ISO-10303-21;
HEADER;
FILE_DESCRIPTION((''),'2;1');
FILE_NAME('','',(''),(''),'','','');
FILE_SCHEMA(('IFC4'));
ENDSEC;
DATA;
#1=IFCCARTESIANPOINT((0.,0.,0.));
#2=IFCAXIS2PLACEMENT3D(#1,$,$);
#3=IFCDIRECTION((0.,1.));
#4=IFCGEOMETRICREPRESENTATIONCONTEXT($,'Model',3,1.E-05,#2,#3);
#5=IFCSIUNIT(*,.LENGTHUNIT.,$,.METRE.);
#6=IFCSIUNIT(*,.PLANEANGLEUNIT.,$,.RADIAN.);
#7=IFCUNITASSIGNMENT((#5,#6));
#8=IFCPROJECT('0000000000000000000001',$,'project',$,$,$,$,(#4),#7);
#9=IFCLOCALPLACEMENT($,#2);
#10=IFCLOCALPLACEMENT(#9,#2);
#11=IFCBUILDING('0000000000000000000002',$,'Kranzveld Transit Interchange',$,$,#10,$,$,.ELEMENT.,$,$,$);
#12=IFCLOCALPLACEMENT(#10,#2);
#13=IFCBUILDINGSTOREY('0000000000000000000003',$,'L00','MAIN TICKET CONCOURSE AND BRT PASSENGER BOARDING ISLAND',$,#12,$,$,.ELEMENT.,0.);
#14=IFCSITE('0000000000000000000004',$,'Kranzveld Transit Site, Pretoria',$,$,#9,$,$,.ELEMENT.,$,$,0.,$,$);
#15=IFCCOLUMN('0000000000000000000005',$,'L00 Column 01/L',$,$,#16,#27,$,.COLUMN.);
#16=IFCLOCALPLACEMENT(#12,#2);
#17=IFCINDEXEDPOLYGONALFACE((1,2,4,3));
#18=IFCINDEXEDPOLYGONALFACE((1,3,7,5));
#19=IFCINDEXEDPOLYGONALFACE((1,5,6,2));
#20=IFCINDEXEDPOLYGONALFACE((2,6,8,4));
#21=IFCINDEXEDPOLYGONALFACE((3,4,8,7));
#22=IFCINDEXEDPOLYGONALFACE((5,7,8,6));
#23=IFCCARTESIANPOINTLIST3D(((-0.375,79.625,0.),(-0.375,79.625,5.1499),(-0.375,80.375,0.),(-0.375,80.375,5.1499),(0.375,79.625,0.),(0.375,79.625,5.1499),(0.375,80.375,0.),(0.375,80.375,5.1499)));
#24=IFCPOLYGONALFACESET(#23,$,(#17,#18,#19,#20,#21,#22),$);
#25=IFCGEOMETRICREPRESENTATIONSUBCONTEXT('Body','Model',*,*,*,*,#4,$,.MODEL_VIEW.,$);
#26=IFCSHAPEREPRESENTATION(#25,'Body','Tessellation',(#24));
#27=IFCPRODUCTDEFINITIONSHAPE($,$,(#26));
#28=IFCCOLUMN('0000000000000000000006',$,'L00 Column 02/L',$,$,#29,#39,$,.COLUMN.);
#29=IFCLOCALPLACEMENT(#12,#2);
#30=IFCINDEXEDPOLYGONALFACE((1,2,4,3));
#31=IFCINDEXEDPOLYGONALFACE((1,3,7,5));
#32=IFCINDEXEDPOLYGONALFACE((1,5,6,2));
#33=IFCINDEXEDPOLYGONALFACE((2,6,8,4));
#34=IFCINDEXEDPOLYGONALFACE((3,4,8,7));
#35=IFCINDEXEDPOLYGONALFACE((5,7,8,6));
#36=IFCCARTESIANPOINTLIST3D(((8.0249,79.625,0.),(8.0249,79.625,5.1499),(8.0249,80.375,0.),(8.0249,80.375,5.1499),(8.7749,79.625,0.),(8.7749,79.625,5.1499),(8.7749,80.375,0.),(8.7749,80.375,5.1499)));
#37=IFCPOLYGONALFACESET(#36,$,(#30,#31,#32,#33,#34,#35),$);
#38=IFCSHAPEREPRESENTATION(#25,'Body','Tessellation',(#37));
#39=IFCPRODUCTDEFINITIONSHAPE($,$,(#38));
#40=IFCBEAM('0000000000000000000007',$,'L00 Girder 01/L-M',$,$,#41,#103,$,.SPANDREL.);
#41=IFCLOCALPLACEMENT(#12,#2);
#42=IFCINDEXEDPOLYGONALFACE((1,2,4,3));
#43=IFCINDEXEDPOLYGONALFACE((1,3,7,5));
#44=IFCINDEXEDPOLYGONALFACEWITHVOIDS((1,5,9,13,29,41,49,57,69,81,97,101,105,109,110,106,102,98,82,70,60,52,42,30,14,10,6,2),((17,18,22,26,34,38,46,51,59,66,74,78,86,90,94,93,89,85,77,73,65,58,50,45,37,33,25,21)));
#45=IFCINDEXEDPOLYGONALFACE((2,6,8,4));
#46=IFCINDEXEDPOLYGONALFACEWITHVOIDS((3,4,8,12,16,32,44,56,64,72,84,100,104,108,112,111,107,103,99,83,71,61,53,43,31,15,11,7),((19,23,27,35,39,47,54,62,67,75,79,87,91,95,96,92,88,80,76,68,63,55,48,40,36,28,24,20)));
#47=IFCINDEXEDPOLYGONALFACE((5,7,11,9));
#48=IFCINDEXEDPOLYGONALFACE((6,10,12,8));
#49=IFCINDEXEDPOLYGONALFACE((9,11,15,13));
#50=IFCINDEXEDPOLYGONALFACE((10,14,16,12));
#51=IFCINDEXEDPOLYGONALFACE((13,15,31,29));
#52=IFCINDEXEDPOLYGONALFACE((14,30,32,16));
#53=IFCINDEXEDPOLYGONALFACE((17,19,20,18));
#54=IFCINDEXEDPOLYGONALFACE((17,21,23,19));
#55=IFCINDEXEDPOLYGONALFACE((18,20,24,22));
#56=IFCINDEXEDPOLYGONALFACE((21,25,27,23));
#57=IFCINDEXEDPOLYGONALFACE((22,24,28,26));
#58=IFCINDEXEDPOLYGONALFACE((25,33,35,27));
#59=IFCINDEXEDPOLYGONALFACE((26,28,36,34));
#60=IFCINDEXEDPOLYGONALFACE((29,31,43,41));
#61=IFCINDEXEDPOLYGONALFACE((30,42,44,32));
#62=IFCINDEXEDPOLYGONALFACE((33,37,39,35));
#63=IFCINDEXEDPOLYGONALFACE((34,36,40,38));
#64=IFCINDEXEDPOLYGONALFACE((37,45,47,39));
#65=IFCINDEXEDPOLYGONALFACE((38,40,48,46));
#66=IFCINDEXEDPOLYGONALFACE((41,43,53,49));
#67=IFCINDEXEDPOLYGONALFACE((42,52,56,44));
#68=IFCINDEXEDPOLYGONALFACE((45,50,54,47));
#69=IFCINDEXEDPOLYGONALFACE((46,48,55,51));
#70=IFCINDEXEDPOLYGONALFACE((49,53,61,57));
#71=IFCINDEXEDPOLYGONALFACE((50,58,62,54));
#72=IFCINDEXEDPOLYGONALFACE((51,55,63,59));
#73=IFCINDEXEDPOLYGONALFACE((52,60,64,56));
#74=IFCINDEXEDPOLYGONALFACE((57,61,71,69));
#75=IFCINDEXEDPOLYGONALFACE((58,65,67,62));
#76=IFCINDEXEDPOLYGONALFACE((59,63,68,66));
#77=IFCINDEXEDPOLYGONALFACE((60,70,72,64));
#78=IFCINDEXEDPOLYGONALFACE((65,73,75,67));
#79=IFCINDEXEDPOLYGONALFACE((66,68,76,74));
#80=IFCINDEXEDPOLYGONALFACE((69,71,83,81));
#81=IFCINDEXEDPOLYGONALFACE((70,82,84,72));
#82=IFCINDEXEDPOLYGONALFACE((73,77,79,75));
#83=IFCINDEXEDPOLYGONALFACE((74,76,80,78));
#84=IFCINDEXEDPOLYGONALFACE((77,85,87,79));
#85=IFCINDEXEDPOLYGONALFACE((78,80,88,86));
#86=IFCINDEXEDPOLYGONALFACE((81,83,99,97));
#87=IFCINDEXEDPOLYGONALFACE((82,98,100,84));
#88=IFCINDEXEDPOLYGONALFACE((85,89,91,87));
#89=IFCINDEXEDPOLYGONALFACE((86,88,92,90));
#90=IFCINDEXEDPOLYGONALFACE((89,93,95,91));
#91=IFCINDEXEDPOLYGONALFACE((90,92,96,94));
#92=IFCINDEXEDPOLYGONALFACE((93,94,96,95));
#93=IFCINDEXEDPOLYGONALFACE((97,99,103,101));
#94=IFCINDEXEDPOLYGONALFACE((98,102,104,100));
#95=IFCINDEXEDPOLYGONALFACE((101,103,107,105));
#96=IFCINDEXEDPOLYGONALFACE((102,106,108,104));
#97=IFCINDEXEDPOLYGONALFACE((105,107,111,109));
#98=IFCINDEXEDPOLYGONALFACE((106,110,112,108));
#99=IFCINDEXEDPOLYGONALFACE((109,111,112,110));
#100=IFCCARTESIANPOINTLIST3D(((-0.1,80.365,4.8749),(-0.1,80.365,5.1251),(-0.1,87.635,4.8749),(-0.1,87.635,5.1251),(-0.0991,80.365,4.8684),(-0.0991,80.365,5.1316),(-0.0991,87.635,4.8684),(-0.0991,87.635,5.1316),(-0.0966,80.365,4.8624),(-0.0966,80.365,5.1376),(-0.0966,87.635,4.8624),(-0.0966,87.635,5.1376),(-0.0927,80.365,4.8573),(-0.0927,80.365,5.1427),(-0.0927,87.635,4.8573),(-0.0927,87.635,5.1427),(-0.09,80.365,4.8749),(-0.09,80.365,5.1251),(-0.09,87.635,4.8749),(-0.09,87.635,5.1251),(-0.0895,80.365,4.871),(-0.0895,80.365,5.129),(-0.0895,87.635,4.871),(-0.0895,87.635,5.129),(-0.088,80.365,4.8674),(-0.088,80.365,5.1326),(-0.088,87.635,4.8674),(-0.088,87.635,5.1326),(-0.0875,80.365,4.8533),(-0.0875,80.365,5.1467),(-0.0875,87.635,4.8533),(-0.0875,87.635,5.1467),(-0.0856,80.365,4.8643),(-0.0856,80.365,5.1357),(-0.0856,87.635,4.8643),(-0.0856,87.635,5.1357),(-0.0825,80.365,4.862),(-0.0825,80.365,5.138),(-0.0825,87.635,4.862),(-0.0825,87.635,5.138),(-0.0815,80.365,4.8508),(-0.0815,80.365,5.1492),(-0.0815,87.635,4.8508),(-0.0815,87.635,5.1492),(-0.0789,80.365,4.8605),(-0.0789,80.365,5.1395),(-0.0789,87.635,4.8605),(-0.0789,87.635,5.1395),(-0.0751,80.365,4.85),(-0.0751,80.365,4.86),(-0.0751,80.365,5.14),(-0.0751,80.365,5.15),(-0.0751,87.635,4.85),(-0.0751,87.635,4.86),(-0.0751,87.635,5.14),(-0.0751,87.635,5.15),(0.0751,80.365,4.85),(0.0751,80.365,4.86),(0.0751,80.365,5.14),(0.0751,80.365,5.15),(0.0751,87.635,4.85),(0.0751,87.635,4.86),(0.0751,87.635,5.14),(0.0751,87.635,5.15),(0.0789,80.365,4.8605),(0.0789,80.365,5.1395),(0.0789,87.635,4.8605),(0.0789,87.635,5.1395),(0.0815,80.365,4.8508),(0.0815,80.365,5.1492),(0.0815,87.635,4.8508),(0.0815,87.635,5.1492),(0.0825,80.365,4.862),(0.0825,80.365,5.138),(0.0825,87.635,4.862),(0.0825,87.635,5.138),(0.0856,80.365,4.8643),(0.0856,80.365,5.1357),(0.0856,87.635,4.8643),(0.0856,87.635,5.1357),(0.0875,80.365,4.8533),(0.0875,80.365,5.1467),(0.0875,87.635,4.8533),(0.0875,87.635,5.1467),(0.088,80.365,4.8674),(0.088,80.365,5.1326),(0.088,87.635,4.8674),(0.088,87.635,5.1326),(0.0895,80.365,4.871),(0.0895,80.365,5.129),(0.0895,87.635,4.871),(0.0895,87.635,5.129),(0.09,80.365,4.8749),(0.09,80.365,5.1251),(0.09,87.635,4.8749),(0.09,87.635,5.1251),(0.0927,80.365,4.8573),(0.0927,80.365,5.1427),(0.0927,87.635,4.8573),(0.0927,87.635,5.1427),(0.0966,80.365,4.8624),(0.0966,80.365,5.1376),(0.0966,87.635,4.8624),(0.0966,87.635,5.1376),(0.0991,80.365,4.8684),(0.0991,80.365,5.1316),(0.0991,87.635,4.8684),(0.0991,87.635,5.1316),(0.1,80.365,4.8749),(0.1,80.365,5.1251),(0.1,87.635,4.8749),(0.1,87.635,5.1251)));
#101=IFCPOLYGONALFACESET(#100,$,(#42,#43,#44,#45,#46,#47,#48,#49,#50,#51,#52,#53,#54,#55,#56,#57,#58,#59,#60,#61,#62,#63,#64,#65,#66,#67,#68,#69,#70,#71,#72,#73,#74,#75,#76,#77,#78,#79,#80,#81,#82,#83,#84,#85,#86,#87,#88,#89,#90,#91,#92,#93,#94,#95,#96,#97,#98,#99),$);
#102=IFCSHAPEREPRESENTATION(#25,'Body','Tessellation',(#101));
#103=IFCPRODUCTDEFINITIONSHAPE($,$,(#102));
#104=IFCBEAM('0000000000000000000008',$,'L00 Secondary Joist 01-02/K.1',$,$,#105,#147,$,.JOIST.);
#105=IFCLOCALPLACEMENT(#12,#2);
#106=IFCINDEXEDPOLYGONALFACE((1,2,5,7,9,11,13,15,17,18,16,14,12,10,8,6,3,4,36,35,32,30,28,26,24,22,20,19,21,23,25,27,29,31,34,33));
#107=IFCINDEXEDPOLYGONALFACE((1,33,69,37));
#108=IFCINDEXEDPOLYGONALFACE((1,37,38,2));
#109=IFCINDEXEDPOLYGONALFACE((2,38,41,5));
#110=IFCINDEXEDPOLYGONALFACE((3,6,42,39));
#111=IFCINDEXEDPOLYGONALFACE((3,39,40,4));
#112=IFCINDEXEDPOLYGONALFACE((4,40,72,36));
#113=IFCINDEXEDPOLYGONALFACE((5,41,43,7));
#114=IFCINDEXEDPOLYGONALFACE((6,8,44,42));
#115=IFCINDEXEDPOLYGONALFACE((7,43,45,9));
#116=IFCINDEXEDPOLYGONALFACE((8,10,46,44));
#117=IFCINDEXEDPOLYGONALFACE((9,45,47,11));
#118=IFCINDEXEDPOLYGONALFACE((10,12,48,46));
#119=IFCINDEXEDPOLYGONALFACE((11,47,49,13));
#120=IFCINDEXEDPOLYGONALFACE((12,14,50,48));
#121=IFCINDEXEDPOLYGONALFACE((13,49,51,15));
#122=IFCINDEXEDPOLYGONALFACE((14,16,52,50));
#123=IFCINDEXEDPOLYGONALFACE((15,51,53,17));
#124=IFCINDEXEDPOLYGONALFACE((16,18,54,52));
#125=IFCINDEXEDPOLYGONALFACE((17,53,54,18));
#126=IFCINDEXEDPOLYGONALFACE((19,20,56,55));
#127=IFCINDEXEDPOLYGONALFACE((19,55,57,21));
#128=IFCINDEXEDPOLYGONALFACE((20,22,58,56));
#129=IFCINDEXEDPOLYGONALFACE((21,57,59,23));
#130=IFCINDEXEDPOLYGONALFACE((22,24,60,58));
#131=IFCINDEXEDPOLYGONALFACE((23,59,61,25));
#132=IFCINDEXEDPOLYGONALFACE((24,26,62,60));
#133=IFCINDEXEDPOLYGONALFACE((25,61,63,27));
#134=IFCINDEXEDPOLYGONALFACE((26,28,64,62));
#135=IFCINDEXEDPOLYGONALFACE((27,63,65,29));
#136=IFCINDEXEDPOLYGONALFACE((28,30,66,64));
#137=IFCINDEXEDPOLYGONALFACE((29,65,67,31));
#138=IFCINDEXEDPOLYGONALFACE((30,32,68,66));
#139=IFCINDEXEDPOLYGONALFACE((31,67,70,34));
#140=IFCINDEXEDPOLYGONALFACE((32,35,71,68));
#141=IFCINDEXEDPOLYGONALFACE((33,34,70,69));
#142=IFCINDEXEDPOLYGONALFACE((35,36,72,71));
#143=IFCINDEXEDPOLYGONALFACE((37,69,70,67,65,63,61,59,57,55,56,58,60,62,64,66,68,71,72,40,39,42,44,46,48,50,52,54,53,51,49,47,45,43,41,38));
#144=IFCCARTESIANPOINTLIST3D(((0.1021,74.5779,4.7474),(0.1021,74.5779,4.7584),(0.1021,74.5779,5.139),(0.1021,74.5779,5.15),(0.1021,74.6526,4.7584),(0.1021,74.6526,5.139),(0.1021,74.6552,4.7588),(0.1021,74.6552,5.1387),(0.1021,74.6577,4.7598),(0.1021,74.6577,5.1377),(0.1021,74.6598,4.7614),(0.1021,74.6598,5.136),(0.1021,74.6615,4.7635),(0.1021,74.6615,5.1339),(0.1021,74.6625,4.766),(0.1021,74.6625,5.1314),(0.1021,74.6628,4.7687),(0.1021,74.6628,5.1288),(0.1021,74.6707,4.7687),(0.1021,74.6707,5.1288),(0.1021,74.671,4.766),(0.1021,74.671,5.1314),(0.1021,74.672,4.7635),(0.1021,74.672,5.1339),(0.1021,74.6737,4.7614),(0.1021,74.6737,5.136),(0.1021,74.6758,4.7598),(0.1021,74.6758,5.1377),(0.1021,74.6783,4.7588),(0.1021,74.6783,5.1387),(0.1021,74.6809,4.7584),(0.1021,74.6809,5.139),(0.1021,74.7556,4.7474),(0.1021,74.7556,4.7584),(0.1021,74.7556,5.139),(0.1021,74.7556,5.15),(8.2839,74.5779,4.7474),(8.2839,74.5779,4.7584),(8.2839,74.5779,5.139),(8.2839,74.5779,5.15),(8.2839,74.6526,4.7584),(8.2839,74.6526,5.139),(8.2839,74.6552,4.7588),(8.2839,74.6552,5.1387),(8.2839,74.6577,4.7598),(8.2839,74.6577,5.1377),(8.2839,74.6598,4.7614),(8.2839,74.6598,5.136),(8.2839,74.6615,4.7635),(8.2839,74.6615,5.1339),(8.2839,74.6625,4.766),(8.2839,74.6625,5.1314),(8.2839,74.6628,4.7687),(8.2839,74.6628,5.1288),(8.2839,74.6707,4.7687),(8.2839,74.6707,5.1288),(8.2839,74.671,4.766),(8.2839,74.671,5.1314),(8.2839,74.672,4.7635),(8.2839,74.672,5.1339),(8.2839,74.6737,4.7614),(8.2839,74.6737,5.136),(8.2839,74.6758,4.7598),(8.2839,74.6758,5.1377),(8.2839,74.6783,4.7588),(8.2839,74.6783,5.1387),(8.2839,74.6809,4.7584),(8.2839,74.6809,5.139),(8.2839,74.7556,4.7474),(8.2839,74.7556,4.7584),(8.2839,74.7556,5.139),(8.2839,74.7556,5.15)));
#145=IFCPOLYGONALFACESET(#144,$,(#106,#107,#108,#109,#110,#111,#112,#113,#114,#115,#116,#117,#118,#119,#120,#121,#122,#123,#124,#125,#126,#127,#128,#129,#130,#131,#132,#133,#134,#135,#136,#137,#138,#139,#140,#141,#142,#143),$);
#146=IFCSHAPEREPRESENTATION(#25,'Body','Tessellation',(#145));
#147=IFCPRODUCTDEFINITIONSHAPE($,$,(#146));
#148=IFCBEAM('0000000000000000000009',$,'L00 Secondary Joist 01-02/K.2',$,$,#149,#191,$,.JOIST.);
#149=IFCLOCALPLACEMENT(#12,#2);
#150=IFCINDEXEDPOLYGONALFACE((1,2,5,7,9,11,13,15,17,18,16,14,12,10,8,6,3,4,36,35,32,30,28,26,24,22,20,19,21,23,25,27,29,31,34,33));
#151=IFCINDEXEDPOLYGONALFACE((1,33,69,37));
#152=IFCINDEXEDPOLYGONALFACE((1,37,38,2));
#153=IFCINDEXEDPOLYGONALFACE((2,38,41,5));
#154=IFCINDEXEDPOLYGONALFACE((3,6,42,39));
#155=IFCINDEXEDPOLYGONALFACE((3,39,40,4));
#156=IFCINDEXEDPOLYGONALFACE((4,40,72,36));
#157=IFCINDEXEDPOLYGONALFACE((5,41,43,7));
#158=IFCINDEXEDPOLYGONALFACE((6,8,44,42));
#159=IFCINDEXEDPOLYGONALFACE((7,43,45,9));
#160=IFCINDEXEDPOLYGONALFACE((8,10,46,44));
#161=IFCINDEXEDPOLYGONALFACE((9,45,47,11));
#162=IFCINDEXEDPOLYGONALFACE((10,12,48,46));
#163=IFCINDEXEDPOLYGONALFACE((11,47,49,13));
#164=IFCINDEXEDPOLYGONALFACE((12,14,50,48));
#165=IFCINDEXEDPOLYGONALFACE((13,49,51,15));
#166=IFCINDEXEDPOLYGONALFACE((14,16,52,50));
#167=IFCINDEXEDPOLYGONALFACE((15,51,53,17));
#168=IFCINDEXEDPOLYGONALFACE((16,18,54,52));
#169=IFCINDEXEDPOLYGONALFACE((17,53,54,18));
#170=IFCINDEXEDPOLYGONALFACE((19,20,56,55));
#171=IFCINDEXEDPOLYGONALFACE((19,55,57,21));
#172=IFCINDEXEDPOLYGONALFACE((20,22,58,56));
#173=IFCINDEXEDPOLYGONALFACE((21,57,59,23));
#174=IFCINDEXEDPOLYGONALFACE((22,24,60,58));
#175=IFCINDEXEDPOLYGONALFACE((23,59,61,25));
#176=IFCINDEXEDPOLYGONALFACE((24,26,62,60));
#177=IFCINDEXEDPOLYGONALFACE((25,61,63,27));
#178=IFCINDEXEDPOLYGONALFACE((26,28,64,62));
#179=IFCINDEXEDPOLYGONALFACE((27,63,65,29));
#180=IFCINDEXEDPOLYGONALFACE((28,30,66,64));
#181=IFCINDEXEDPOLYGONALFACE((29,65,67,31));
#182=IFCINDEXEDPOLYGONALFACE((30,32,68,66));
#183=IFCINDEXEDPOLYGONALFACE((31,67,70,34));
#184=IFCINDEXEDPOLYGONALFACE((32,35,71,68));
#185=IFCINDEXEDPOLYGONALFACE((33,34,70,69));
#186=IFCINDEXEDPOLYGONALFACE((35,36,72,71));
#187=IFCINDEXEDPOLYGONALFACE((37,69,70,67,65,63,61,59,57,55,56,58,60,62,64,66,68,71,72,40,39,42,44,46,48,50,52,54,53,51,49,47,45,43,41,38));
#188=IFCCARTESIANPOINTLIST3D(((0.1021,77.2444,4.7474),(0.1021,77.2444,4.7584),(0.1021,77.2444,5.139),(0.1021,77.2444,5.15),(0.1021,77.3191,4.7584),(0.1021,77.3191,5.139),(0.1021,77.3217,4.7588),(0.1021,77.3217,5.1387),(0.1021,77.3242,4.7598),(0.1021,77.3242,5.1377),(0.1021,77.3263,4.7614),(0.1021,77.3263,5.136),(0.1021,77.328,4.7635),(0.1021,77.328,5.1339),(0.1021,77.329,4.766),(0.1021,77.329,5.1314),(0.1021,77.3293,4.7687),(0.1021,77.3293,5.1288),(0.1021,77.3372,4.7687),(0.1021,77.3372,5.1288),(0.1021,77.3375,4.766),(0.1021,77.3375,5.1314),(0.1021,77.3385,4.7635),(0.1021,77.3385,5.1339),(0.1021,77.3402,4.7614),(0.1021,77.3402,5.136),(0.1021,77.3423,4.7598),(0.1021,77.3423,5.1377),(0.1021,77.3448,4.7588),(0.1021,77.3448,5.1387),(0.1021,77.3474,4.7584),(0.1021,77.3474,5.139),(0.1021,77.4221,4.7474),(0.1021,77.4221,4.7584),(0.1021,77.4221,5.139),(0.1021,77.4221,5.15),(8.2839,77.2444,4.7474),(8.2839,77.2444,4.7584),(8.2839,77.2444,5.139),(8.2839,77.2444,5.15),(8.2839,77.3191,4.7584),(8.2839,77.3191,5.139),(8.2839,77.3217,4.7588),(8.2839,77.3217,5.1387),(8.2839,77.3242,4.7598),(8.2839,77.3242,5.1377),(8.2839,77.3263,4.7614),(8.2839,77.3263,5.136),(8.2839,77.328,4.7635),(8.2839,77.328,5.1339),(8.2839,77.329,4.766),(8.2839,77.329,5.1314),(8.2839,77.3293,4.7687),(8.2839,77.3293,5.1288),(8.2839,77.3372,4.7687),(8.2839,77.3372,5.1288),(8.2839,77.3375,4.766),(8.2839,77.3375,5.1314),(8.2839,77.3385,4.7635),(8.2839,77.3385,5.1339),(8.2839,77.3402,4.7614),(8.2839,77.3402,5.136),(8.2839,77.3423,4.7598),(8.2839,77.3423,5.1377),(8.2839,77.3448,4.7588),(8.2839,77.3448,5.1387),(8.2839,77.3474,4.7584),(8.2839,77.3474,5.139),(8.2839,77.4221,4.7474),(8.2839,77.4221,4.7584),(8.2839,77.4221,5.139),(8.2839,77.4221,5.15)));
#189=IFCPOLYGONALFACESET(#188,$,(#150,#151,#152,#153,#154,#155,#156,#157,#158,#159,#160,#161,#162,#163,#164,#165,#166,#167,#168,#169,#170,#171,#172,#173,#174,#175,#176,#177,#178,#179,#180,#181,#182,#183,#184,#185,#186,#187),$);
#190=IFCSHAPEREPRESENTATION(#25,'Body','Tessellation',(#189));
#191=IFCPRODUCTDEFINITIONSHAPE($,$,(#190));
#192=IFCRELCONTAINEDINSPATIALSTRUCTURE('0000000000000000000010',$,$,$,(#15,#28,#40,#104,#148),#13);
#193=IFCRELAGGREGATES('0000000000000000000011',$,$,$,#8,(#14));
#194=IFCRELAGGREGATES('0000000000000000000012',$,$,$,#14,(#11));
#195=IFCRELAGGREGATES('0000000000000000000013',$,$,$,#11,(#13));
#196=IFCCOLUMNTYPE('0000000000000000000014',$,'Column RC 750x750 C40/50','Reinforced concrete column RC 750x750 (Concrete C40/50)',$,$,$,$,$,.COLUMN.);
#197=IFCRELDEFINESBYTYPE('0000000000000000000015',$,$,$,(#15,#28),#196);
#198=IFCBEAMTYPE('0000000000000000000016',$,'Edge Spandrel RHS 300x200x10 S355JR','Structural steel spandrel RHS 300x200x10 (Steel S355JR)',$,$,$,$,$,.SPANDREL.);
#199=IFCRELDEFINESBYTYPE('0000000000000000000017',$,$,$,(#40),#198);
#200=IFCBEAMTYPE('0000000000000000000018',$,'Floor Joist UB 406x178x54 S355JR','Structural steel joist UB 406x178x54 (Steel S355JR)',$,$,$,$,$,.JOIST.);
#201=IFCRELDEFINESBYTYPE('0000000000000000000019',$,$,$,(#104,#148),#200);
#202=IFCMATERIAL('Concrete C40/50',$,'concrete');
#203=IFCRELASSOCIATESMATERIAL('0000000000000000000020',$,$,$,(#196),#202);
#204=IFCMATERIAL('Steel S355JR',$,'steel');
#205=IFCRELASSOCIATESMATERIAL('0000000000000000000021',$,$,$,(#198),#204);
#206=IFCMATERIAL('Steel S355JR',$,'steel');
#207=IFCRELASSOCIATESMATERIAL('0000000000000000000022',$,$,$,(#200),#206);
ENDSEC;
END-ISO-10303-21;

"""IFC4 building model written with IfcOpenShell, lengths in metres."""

from ifc_helpers import new_model, si_unit, direction, frame, origin, origin_2d, place, context, subcontext, project, spatial, rectangle, hollow_rectangle, i_section, extrude, material, material_profile, profile_set, type_object, element, save


model = new_model("IFC4")

# Units and contexts
model_context = context("Model", 3, precision=1e-05, world=origin(), true_north=direction((0.0, 1.0)))
body_context = subcontext(model_context, "Body", "Model", "MODEL_VIEW")
ifc_project = project(units=[si_unit("LENGTHUNIT", "METRE"), si_unit("PLANEANGLEUNIT", "RADIAN")], contexts=[model_context])

# Site, building, storey
site_placement = place(None, origin())
site = spatial("IfcSite", under=ifc_project, at=site_placement, Name="Kranzveld Transit Site, Pretoria", CompositionType="ELEMENT", RefElevation=0.0)
building_placement = place(site_placement, origin())
building = spatial("IfcBuilding", under=site, at=building_placement, Name="Kranzveld Transit Interchange", CompositionType="ELEMENT")
storey_placement = place(building_placement, origin())
storey = spatial("IfcBuildingStorey", under=building, at=storey_placement, Name="L00", Description="MAIN TICKET CONCOURSE AND BRT PASSENGER BOARDING ISLAND", CompositionType="ELEMENT", Elevation=0.0)

# Columns
ifc_material_1 = material(Name="Concrete C40/50", Category="concrete")
ifc_material_profile_1 = material_profile(ifc_material_1, rectangle(XDim=0.75, YDim=0.75, at=origin_2d()), Name="RC 750x750")
ifc_profile_set_1 = profile_set([ifc_material_profile_1], Name="Concrete C40/50")
column_type = type_object("IfcColumnType", Name="Column RC 750x750 C40/50", Description="Reinforced concrete column RC 750x750 (Concrete C40/50)", PredefinedType="COLUMN", material=ifc_profile_set_1)
for number, where, z_axis, x_axis, name in (
    (1, (0.0, 80.0, 0.0), (0.0, 0.0, 1.0), (1.0, 0.0, 0.0), "L00 Column 01/L"),
    (2, (8.3999, 80.0, 0.0), (0.0, 0.0, 1.0), (1.0, 0.0, 0.0), "L00 Column 02/L"),
):
    element("IfcColumn", number, at=place(storey_placement, frame(where, z_axis=z_axis, x_axis=x_axis)), inside=storey, type_object=column_type, Name=name, PredefinedType="COLUMN", context=body_context, shape_type="SweptSolid", body=[
        extrude(rectangle(XDim=0.75, YDim=0.75, at=origin_2d()), origin(), (0.0, 0.0, 1.0), 5.1499),
    ])

# Beams
ifc_material_2 = material(Name="Steel S355JR", Category="steel")
ifc_material_profile_2 = material_profile(ifc_material_2, hollow_rectangle(XDim=0.2, YDim=0.3, WallThickness=0.01, InnerFilletRadius=0.0149, OuterFilletRadius=0.0249, at=origin_2d()), Name="RHS 300x200x10")
ifc_profile_set_2 = profile_set([ifc_material_profile_2], Name="Steel S355JR")
beam_type_1 = type_object("IfcBeamType", Name="Edge Spandrel RHS 300x200x10 S355JR", Description="Structural steel spandrel RHS 300x200x10 (Steel S355JR)", PredefinedType="SPANDREL", material=ifc_profile_set_2)
beam_1_placement = place(storey_placement, frame((0.0, 80.365, 5.0), z_axis=(0.0, 1.0, 0.0), x_axis=(-1.0, 0.0, 0.0)))
element("IfcBeam", 3, at=beam_1_placement, inside=storey, type_object=beam_type_1, Name="L00 Girder 01/L-M", PredefinedType="SPANDREL", context=body_context, shape_type="SweptSolid", body=[
    extrude(hollow_rectangle(XDim=0.2, YDim=0.3, WallThickness=0.01, InnerFilletRadius=0.0149, OuterFilletRadius=0.0249, at=origin_2d()), origin(), (0.0, 0.0, 1.0), 7.27),
])
ifc_material_3 = material(Name="Steel S355JR", Category="steel")
ifc_material_profile_3 = material_profile(ifc_material_3, i_section(OverallWidth=0.1777, OverallDepth=0.4026, WebThickness=0.0078, FlangeThickness=0.011, FilletRadius=0.0103, at=origin_2d()), Name="UB 406x178x54")
ifc_profile_set_3 = profile_set([ifc_material_profile_3], Name="Steel S355JR")
beam_type_2 = type_object("IfcBeamType", Name="Floor Joist UB 406x178x54 S355JR", Description="Structural steel joist UB 406x178x54 (Steel S355JR)", PredefinedType="JOIST", material=ifc_profile_set_3)
for number, where, z_axis, x_axis, name in (
    (4, (0.1021, 74.6667, 4.9487), (1.0, 0.0, 0.0), (0.0, 1.0, 0.0), "L00 Secondary Joist 01-02/K.1"),
    (5, (0.1021, 77.3333, 4.9487), (1.0, 0.0, 0.0), (0.0, 1.0, 0.0), "L00 Secondary Joist 01-02/K.2"),
):
    element("IfcBeam", number, at=place(storey_placement, frame(where, z_axis=z_axis, x_axis=x_axis)), inside=storey, type_object=beam_type_2, Name=name, PredefinedType="JOIST", context=body_context, shape_type="SweptSolid", body=[
        extrude(i_section(OverallWidth=0.1777, OverallDepth=0.4026, WebThickness=0.0078, FlangeThickness=0.011, FilletRadius=0.0103, at=origin_2d()), origin(), (0.0, 0.0, 1.0), 8.1819),
    ])

save(model, "model.ifc")
